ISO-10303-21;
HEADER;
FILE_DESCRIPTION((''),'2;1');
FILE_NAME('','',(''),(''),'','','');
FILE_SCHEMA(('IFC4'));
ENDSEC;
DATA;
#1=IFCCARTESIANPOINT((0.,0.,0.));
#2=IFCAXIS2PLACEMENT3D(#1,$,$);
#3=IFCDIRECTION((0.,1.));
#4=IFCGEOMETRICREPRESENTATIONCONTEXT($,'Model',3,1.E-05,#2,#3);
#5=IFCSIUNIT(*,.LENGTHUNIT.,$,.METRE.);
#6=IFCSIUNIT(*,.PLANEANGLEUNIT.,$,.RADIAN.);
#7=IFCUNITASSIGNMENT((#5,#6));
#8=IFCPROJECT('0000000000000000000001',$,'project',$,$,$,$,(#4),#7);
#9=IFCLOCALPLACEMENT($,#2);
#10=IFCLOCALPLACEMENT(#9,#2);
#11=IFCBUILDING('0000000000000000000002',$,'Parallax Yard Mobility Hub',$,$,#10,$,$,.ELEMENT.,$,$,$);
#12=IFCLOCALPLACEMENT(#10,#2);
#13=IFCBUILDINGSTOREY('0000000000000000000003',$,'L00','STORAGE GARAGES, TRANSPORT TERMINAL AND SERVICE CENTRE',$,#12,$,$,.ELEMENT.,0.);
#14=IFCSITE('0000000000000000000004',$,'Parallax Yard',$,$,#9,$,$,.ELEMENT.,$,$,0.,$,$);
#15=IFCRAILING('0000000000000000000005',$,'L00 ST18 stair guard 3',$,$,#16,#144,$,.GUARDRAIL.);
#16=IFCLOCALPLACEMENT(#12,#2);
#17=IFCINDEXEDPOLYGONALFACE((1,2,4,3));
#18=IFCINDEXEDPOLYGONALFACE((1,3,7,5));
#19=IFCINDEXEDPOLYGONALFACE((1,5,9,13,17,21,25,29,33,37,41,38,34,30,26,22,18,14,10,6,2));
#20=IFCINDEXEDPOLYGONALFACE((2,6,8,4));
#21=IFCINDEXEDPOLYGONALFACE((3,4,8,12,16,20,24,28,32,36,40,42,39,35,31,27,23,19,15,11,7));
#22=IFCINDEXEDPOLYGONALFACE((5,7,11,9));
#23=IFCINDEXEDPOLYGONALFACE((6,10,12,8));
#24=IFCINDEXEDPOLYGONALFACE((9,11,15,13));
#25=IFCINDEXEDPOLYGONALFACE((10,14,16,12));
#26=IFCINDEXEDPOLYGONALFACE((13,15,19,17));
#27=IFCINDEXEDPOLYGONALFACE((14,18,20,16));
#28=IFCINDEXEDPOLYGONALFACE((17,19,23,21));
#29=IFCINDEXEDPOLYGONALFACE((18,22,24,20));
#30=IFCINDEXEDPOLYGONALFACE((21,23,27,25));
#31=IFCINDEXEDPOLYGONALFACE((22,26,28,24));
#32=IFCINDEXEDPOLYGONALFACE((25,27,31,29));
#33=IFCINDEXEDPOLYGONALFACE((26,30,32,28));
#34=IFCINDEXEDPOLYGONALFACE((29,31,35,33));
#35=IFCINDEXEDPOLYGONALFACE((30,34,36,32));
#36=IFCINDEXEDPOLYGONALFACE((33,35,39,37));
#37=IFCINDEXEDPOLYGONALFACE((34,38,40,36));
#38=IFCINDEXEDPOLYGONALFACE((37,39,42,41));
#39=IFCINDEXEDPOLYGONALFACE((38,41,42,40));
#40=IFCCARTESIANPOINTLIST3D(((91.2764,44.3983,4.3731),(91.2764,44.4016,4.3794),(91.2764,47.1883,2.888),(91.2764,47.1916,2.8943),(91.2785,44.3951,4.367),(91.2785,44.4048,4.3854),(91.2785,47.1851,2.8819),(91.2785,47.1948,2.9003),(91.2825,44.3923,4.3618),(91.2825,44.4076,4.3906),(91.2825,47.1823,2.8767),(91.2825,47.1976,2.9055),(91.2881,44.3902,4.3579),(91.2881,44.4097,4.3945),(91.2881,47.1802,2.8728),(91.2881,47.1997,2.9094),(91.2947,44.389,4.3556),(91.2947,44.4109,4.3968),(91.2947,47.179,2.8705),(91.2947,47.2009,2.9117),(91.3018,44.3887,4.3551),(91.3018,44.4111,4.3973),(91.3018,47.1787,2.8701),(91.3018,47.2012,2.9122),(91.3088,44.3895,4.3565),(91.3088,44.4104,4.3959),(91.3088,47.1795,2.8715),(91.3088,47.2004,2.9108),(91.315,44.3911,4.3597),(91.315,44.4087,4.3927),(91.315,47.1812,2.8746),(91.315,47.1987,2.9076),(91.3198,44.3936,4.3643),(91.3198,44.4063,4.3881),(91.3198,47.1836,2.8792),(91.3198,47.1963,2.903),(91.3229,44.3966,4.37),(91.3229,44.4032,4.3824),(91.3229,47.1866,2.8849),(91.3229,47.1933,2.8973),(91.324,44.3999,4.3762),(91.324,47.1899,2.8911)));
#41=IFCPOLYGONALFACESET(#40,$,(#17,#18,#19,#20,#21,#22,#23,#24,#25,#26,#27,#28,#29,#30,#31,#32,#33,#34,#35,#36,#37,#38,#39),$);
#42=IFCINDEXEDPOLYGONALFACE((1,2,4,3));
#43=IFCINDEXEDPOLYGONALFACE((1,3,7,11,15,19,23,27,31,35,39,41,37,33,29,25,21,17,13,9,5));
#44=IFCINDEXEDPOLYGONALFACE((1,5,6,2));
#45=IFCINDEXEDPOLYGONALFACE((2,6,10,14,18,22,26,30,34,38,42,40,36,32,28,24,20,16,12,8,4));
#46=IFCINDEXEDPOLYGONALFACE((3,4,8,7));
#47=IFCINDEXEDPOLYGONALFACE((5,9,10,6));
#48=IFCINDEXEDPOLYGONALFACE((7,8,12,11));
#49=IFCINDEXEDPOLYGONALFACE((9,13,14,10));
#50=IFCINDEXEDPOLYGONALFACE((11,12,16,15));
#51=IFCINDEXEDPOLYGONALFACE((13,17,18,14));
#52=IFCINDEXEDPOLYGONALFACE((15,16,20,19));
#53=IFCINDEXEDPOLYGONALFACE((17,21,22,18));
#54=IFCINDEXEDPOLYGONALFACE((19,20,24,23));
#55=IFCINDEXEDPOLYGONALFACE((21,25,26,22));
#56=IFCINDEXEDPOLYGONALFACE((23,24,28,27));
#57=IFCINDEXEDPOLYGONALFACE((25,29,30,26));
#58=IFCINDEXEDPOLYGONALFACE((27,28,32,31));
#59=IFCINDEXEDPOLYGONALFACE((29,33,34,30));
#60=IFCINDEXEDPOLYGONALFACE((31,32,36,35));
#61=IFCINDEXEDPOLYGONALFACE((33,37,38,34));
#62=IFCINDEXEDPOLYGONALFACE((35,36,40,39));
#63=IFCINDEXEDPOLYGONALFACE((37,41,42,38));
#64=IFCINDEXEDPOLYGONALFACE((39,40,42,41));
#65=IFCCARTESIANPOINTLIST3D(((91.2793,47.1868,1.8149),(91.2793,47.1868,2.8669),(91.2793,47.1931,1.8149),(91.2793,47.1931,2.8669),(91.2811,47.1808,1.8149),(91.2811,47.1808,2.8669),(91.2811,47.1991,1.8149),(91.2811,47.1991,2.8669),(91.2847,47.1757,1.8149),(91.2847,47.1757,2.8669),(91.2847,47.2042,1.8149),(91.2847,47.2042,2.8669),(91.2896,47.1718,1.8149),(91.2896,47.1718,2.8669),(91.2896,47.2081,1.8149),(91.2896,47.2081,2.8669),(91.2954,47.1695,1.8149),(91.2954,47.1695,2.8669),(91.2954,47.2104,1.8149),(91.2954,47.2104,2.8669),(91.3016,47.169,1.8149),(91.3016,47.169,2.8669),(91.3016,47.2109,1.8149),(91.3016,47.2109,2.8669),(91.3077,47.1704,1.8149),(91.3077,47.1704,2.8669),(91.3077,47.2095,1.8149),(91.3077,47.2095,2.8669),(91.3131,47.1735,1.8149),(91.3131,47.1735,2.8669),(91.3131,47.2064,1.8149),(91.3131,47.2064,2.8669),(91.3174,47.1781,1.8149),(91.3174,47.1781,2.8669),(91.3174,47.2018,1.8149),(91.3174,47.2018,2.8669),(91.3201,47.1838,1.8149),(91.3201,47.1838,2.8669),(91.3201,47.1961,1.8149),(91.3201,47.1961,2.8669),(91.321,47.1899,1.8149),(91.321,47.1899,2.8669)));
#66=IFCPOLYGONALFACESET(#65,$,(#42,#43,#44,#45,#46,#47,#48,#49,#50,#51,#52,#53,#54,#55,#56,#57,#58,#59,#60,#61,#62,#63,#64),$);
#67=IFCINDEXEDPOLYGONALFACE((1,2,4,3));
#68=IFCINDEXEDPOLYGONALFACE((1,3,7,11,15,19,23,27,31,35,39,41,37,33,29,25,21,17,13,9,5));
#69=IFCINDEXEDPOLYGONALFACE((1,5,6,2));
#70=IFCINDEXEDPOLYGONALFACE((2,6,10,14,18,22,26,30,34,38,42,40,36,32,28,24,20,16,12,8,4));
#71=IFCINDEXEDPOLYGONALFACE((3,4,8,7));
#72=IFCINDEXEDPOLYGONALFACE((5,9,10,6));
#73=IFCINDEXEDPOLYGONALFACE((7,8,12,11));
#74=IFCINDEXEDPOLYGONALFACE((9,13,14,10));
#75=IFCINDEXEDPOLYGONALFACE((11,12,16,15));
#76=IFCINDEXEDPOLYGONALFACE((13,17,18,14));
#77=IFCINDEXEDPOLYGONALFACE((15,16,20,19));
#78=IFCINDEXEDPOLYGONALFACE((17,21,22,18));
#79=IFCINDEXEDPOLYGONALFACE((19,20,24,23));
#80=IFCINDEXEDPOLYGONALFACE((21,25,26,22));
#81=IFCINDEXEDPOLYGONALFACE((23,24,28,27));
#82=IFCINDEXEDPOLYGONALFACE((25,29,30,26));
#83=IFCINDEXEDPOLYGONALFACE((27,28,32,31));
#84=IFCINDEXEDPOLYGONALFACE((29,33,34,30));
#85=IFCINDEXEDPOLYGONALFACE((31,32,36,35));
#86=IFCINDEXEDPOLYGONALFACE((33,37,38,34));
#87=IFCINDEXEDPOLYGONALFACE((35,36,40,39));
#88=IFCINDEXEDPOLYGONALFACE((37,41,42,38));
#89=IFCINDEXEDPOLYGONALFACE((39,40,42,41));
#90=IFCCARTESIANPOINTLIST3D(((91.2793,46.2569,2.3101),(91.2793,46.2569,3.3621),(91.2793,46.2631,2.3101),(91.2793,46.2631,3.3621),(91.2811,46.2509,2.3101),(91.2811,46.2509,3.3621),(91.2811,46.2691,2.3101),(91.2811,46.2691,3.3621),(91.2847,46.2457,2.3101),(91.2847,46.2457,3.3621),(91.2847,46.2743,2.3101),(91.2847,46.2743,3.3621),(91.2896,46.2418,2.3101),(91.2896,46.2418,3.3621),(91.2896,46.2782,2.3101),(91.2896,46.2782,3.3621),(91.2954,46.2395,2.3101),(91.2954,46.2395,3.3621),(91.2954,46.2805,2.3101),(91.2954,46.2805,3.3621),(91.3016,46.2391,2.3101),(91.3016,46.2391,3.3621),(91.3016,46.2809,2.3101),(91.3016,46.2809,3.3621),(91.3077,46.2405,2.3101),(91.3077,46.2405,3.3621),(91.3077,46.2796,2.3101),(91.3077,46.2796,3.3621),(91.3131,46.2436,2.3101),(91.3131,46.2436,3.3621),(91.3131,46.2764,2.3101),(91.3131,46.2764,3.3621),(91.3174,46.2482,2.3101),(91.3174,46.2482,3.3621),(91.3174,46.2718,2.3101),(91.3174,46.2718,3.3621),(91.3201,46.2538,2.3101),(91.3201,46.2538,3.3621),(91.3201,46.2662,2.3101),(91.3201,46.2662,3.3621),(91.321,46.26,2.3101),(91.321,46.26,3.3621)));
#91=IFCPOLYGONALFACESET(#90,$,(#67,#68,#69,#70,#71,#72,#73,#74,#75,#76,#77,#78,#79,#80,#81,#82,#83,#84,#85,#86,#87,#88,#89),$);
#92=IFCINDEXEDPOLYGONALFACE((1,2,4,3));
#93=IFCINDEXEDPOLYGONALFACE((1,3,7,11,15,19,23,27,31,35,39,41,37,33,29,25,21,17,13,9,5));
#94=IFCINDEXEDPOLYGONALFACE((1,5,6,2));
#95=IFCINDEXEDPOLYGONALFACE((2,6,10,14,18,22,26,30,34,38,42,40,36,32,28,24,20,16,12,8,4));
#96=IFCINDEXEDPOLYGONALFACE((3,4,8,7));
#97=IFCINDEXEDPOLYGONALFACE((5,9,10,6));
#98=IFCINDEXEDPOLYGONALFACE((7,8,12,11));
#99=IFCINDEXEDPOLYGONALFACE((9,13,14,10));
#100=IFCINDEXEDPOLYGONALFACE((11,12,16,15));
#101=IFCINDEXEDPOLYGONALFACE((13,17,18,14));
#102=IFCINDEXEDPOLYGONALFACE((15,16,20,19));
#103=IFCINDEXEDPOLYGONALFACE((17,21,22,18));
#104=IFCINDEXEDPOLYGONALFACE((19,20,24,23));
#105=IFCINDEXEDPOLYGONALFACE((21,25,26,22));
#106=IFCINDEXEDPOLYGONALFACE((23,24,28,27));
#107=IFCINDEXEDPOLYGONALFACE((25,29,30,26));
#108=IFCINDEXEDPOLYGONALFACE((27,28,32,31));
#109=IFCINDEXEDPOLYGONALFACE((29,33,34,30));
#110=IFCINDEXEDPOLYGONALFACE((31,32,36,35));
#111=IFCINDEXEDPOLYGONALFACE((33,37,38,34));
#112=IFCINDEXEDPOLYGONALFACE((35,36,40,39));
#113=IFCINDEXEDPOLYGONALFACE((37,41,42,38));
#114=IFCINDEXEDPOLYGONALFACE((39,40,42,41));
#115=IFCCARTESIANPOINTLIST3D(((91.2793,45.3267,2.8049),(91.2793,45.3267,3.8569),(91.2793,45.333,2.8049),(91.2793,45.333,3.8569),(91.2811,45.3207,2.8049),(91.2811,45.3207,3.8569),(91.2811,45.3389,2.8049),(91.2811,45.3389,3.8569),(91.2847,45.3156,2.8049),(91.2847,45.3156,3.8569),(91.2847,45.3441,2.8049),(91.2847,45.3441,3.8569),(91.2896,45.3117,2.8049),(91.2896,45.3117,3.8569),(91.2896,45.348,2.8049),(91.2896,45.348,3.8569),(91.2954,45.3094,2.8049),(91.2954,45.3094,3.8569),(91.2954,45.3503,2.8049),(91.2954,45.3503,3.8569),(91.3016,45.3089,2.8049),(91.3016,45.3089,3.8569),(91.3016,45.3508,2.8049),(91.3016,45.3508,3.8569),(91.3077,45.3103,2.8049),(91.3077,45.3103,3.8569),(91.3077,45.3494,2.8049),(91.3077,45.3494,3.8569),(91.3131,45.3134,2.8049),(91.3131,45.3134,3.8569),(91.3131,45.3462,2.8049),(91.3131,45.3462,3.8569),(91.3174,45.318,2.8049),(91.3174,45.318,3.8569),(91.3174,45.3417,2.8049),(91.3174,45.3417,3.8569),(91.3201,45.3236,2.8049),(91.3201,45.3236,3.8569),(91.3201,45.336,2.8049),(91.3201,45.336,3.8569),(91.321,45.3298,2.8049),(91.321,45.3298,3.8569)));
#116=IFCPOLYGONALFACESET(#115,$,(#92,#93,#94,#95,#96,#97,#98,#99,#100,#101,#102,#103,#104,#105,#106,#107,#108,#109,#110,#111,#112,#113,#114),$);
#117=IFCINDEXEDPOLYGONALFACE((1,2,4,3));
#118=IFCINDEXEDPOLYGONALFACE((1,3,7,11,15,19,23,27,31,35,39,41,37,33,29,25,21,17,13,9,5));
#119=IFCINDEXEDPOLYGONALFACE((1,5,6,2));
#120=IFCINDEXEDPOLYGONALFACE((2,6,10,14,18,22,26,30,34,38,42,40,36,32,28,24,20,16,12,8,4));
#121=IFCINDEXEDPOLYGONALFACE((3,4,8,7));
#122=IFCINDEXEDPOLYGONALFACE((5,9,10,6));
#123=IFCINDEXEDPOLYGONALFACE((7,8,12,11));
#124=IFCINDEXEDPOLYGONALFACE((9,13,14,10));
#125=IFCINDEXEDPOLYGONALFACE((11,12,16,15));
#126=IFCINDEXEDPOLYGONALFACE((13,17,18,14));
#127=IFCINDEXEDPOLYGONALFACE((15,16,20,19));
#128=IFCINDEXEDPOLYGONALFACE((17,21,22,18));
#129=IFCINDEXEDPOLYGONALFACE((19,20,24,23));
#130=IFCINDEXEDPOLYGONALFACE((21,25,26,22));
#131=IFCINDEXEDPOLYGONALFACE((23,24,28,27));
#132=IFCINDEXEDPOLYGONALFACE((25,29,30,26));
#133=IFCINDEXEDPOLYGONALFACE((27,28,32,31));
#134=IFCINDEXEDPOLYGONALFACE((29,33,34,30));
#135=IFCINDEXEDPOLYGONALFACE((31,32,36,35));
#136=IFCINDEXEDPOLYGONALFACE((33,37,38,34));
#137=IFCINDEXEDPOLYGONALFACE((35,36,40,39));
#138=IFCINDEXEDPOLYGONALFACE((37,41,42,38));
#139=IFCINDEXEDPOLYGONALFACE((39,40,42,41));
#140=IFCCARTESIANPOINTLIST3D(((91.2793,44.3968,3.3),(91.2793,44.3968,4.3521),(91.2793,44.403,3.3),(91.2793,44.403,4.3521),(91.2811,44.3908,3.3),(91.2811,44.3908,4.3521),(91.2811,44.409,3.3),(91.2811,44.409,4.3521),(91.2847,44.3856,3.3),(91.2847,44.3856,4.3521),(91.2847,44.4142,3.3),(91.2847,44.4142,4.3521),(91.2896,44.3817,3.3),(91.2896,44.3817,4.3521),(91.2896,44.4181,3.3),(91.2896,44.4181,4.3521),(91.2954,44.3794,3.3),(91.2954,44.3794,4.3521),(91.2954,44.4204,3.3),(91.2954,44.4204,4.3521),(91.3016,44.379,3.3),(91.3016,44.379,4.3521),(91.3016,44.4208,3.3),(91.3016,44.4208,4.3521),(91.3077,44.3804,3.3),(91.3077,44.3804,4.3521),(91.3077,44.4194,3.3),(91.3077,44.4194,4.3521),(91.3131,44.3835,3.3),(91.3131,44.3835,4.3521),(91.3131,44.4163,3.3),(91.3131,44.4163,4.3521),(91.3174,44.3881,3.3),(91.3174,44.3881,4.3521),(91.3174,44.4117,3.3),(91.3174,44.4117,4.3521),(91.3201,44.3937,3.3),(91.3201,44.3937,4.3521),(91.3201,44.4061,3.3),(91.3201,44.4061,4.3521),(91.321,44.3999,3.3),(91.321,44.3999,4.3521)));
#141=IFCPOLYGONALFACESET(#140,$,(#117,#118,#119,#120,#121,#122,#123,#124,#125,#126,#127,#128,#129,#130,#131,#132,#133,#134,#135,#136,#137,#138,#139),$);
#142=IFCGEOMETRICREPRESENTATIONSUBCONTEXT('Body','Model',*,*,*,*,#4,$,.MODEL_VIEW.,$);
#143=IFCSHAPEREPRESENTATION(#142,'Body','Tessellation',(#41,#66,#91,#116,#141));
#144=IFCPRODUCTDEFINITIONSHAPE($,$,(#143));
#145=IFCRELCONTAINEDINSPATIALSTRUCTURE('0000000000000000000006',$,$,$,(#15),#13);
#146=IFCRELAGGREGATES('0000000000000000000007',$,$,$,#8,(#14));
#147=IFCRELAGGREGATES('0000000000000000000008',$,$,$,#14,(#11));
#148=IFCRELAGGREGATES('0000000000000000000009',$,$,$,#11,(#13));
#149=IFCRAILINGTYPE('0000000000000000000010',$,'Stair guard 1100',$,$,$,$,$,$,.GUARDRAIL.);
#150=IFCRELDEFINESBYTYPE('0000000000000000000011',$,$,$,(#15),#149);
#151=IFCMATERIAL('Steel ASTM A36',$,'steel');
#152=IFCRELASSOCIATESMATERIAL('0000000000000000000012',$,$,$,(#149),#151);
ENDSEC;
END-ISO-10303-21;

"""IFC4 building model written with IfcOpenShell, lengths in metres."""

from ifc_helpers import new_model, si_unit, direction, frame, origin, origin_2d, place, context, subcontext, project, spatial, circle, extrude, material, type_object, element, save


model = new_model("IFC4")

# Units and contexts
model_context = context("Model", 3, precision=1e-05, world=origin(), true_north=direction((0.0, 1.0)))
body_context = subcontext(model_context, "Body", "Model", "MODEL_VIEW")
ifc_project = project(units=[si_unit("LENGTHUNIT", "METRE"), si_unit("PLANEANGLEUNIT", "RADIAN")], contexts=[model_context])

# Site, building, storey
site_placement = place(None, origin())
site = spatial("IfcSite", under=ifc_project, at=site_placement, Name="Parallax Yard", CompositionType="ELEMENT", RefElevation=0.0)
building_placement = place(site_placement, origin())
building = spatial("IfcBuilding", under=site, at=building_placement, Name="Parallax Yard Mobility Hub", CompositionType="ELEMENT")
storey_placement = place(building_placement, origin())
storey = spatial("IfcBuildingStorey", under=building, at=storey_placement, Name="L00", Description="STORAGE GARAGES, TRANSPORT TERMINAL AND SERVICE CENTRE", CompositionType="ELEMENT", Elevation=0.0)

# Railing
ifc_material_1 = material(Name="Steel ASTM A36", Category="steel")
railing_type_1 = type_object("IfcRailingType", Name="Stair guard 1100", PredefinedType="GUARDRAIL", material=ifc_material_1)
railing_1_placement = place(storey_placement, frame((91.3, 47.1899, 1.8149)))
element("IfcRailing", 1, at=railing_1_placement, inside=storey, type_object=railing_type_1, Name="L00 ST18 stair guard 3", PredefinedType="GUARDRAIL", context=body_context, shape_type="SweptSolid", body=[
    extrude(circle(Radius=0.0239, at=origin_2d()), frame((0.0, 0.0, 1.0762), z_axis=(0.0, -0.882735, 0.46987), x_axis=(1.0, 0.0, 0.0)), (0.0, 0.0, 1.0), 3.1606),
    extrude(circle(Radius=0.021, at=origin_2d()), origin(), (0.0, 0.0, 1.0), 1.052),
    extrude(circle(Radius=0.021, at=origin_2d()), frame((0.0, -0.9299, 0.4951)), (0.0, 0.0, 1.0), 1.052),
    extrude(circle(Radius=0.021, at=origin_2d()), frame((0.0, -1.8601, 0.99)), (0.0, 0.0, 1.0), 1.052),
    extrude(circle(Radius=0.021, at=origin_2d()), frame((0.0, -2.79, 1.4851)), (0.0, 0.0, 1.0), 1.052),
])

save(model, "model.ifc")
